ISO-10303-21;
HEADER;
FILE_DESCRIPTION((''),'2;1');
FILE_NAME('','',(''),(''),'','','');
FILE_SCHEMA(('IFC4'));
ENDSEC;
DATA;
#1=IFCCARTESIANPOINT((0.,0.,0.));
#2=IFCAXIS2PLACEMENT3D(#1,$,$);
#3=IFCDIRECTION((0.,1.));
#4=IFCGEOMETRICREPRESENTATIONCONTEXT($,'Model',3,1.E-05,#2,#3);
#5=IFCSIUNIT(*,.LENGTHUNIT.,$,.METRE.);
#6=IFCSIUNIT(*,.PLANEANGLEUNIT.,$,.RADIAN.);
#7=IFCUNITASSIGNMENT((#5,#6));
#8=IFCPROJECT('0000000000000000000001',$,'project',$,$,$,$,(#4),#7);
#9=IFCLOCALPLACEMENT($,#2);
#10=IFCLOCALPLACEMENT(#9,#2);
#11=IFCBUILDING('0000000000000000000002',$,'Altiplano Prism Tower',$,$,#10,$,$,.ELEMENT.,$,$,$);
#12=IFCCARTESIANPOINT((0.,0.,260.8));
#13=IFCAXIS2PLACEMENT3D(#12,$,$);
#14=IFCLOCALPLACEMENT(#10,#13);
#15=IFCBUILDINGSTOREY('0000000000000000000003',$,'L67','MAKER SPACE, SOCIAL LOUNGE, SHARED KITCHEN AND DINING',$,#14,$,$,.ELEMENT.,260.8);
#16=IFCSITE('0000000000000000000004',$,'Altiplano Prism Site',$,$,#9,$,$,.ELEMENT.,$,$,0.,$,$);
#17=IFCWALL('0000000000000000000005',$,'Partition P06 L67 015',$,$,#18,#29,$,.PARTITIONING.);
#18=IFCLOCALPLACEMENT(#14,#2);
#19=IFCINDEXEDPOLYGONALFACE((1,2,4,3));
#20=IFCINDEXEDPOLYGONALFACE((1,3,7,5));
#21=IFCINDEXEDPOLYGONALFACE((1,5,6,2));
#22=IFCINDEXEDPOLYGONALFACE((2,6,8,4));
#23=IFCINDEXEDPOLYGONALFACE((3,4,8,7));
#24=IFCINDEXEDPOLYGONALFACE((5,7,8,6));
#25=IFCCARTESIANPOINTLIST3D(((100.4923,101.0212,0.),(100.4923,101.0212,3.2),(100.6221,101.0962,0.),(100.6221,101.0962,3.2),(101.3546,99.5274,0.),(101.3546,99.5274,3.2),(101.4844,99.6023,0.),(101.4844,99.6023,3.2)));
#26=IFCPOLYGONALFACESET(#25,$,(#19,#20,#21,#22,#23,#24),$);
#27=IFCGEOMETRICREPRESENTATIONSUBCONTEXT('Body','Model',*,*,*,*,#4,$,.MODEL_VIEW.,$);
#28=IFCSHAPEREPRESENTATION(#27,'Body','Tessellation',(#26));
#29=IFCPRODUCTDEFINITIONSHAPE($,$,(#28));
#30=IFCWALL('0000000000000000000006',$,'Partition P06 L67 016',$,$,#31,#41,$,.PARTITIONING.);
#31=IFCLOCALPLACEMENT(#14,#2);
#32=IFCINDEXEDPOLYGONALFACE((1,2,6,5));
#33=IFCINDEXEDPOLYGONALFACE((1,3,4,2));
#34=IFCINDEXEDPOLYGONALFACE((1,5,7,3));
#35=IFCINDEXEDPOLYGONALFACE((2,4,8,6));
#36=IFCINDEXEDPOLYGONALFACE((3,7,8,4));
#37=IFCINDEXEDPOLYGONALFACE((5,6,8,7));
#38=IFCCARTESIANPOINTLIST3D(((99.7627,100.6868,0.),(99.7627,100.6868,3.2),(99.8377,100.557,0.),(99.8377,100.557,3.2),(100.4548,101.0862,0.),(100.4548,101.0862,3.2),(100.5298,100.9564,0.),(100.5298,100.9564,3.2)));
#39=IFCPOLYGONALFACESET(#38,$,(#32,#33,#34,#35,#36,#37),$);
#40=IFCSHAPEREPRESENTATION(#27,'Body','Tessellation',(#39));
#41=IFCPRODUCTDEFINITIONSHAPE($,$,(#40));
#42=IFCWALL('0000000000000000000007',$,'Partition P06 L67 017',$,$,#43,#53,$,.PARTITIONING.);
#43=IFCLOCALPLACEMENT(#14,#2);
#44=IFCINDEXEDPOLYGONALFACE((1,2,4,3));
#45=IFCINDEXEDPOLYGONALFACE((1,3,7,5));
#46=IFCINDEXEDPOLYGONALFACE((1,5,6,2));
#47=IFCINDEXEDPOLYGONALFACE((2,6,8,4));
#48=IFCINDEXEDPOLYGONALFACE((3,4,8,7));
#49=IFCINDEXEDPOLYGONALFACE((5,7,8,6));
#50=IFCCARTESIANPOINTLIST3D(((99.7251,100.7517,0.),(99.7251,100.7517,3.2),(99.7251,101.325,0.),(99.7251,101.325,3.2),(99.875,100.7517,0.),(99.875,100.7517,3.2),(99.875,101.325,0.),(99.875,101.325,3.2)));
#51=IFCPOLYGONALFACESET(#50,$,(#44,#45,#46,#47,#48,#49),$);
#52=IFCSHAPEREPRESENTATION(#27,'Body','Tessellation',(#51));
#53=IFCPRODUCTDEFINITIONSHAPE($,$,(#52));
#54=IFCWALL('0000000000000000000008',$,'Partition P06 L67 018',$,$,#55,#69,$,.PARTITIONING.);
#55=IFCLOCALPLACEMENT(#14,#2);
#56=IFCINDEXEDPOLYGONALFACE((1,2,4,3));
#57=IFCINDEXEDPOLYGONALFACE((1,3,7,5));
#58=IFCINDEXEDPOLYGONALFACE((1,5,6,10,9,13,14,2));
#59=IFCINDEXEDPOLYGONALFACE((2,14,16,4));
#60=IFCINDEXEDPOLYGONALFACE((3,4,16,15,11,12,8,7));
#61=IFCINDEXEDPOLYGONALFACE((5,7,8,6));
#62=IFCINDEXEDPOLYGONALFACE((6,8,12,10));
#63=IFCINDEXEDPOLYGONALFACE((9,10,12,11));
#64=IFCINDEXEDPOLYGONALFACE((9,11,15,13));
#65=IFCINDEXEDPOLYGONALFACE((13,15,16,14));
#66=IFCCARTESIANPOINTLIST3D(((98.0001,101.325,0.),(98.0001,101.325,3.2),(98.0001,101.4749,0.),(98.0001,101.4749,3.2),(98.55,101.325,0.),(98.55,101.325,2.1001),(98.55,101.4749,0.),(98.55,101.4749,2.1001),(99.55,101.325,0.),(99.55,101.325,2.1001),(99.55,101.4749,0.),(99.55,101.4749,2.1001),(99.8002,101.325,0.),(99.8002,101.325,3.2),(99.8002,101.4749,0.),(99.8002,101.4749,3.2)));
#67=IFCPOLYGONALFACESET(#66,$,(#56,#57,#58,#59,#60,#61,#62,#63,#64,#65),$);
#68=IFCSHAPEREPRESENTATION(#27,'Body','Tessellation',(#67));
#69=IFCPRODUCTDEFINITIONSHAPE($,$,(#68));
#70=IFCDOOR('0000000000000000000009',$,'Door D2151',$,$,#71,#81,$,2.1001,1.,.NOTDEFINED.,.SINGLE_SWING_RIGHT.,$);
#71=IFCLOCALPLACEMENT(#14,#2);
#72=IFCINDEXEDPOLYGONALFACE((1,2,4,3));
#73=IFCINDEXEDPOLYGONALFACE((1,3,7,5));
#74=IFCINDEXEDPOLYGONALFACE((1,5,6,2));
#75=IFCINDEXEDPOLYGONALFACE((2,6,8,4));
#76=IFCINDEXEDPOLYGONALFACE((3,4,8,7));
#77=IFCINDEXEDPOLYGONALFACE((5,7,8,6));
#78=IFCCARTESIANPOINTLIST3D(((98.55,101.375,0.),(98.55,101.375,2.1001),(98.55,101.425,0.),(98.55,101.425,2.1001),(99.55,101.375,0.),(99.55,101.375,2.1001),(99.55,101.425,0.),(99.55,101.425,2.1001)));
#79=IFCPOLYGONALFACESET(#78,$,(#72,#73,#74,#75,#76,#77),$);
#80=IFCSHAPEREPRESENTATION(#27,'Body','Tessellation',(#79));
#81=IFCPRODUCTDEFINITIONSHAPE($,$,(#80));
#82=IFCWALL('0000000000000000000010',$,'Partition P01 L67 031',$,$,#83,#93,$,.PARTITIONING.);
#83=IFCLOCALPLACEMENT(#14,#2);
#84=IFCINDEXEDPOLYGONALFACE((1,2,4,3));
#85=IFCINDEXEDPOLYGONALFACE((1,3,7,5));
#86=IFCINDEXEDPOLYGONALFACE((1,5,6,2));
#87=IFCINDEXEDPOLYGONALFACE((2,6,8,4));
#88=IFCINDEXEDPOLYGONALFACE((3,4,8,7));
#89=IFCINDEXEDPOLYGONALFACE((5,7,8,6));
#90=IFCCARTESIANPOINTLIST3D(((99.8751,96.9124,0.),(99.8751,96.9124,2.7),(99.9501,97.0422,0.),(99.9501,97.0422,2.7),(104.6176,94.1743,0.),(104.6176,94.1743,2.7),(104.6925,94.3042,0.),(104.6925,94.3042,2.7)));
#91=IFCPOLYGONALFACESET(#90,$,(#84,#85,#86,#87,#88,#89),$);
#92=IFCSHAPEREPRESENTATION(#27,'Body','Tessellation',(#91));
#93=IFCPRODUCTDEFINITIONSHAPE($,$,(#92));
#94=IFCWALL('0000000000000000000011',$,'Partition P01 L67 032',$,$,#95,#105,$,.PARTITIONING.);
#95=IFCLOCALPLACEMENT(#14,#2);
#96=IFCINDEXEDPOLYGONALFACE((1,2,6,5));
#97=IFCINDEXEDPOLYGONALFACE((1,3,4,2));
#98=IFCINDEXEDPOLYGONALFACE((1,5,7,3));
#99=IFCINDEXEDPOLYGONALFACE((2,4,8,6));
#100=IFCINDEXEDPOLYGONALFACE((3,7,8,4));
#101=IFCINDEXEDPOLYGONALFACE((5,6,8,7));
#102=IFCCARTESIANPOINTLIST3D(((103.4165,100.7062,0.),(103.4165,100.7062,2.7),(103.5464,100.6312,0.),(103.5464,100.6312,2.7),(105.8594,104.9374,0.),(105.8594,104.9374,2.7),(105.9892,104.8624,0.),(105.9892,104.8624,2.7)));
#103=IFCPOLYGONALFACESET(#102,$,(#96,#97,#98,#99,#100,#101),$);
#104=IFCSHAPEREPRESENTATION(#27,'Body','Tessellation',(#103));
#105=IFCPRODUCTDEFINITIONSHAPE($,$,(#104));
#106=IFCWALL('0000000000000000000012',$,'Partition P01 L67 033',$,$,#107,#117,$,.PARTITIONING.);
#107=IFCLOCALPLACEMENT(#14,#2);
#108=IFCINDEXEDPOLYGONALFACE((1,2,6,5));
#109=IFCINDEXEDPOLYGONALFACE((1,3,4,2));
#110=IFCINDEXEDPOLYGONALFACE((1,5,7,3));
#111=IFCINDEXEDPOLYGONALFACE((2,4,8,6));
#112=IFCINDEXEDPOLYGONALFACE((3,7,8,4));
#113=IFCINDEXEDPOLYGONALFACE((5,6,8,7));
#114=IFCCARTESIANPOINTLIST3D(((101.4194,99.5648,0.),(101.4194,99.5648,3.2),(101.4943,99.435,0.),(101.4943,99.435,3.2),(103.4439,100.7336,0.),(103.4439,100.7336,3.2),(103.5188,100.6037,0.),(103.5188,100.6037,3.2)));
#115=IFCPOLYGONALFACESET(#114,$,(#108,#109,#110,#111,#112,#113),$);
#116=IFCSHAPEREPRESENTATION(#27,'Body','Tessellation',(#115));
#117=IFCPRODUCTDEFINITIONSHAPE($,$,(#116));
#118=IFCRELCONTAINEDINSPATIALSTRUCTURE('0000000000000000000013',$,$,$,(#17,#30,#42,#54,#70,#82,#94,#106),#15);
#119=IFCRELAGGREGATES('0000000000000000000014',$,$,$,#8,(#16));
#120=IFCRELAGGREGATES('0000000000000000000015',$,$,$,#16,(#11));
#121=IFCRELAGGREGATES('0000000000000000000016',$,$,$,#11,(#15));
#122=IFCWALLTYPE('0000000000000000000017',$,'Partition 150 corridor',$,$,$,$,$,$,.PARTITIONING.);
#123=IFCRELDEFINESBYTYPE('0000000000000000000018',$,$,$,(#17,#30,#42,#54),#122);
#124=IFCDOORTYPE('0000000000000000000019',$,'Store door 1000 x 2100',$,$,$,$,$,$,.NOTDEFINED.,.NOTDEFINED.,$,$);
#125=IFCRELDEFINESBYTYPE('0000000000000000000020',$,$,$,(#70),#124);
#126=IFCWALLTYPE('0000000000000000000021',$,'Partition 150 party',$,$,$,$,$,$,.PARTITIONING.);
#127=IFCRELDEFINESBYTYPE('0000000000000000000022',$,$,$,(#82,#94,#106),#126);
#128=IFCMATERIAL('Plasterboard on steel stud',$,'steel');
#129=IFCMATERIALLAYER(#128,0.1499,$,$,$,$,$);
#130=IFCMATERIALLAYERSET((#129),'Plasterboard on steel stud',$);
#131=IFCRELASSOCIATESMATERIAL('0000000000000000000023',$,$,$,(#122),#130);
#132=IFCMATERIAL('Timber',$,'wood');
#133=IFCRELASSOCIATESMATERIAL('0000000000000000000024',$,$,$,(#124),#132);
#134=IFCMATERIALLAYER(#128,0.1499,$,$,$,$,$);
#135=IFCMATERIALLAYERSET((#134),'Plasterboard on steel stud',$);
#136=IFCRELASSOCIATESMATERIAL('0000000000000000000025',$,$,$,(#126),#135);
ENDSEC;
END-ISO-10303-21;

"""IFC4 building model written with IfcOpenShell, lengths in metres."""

from ifc_helpers import new_model, si_unit, direction, frame, frame_2d, origin, place, context, subcontext, project, spatial, rectangle, extrude, material, layer, layer_set, type_object, element, fill, save


model = new_model("IFC4")

# Units and contexts
model_context = context("Model", 3, precision=1e-05, world=origin(), true_north=direction((0.0, 1.0)))
body_context = subcontext(model_context, "Body", "Model", "MODEL_VIEW")
ifc_project = project(units=[si_unit("LENGTHUNIT", "METRE"), si_unit("PLANEANGLEUNIT", "RADIAN")], contexts=[model_context])

# Site, building, storey
site_placement = place(None, origin())
site = spatial("IfcSite", under=ifc_project, at=site_placement, Name="Altiplano Prism Site", CompositionType="ELEMENT", RefElevation=0.0)
building_placement = place(site_placement, origin())
building = spatial("IfcBuilding", under=site, at=building_placement, Name="Altiplano Prism Tower", CompositionType="ELEMENT")
storey_placement = place(building_placement, frame((0.0, 0.0, 260.8)))
storey = spatial("IfcBuildingStorey", under=building, at=storey_placement, Name="L67", Description="MAKER SPACE, SOCIAL LOUNGE, SHARED KITCHEN AND DINING", CompositionType="ELEMENT", Elevation=260.8)

# Shared definitions
ifc_material_1 = material(Name="Plasterboard on steel stud", Category="steel")
ifc_layer_1 = layer(ifc_material_1, 0.1499)
ifc_layer_set_1 = layer_set([ifc_layer_1], Name="Plasterboard on steel stud")
wall_type_1 = type_object("IfcWallType", Name="Partition 150 corridor", PredefinedType="PARTITIONING", material=ifc_layer_set_1)
ifc_material_2 = material(Name="Timber", Category="wood")

# Walls
wall_1_placement = place(storey_placement, frame((101.4194, 99.5649, 0.0), z_axis=(0.0, 0.0, 1.0), x_axis=(-0.499914, 0.866075, 0.0)))
element("IfcWall", 1, at=wall_1_placement, inside=storey, type_object=wall_type_1, Name="Partition P06 L67 015", PredefinedType="PARTITIONING", context=body_context, shape_type="SweptSolid", body=[
    extrude(rectangle(XDim=1.7249, YDim=0.1499, at=frame_2d((0.8623, 0.0))), origin(), (0.0, 0.0, 1.0), 3.2),
])
wall_2_placement = place(storey_placement, frame((100.4922, 101.0212, 0.0), z_axis=(0.0, 0.0, 1.0), x_axis=(-0.86613, -0.499819, 0.0)))
element("IfcWall", 2, at=wall_2_placement, inside=storey, type_object=wall_type_1, Name="Partition P06 L67 016", PredefinedType="PARTITIONING", context=body_context, shape_type="SweptSolid", body=[
    extrude(rectangle(XDim=0.7991, YDim=0.1499, at=frame_2d((0.3994, 0.0))), origin(), (0.0, 0.0, 1.0), 3.2),
])
wall_3_placement = place(storey_placement, frame((99.8, 100.7517, 0.0), z_axis=(0.0, 0.0, 1.0), x_axis=(0.0, 1.0, 0.0)))
element("IfcWall", 3, at=wall_3_placement, inside=storey, type_object=wall_type_1, Name="Partition P06 L67 017", PredefinedType="PARTITIONING", context=body_context, shape_type="SweptSolid", body=[
    extrude(rectangle(XDim=0.5732, YDim=0.1499, at=frame_2d((0.2866, 0.0))), origin(), (0.0, 0.0, 1.0), 3.2),
])

# Wall, opening, door
wall_4_placement = place(storey_placement, frame((99.8, 101.3999, 0.0), z_axis=(0.0, 0.0, 1.0), x_axis=(-1.0, 0.0, 0.0)))
wall_4 = element("IfcWall", 4, at=wall_4_placement, inside=storey, type_object=wall_type_1, Name="Partition P06 L67 018", PredefinedType="PARTITIONING", context=body_context, shape_type="SweptSolid", body=[
    extrude(rectangle(XDim=1.8, YDim=0.1499, at=frame_2d((0.8999, 0.0))), origin(), (0.0, 0.0, 1.0), 3.2),
])
opening_1_placement = place(wall_4_placement, frame((0.25, 0.0, 0.0)))
opening_1 = element("IfcOpeningElement", 5, at=opening_1_placement, cuts=wall_4, PredefinedType="OPENING", context=body_context, shape_type="SweptSolid", body=[
    extrude(rectangle(XDim=1.0, YDim=2.1001, at=frame_2d((0.5, 1.05))), frame((0.0, 0.0854, 0.0), z_axis=(0.0, -1.0, 0.0), x_axis=(1.0, 0.0, 0.0)), (0.0, 0.0, 1.0), 0.1709),
])
door_type_1 = type_object("IfcDoorType", Name="Store door 1000 x 2100", OperationType="NOTDEFINED", PredefinedType="NOTDEFINED", material=ifc_material_2)
door_1_placement = place(opening_1_placement, origin())
door_1 = element("IfcDoor", 6, at=door_1_placement, inside=storey, type_object=door_type_1, Name="Door D2151", OperationType="SINGLE_SWING_RIGHT", OverallHeight=2.1001, OverallWidth=1.0, PredefinedType="NOTDEFINED", context=body_context, shape_type="SweptSolid", body=[
    extrude(rectangle(XDim=1.0, YDim=2.1001, at=frame_2d((0.5, 1.05))), frame((0.0, 0.0249, 0.0), z_axis=(0.0, -1.0, 0.0), x_axis=(1.0, 0.0, 0.0)), (0.0, 0.0, 1.0), 0.05),
])
fill(opening_1, door_1)

# Walls
ifc_layer_2 = layer(ifc_material_1, 0.1499)
ifc_layer_set_2 = layer_set([ifc_layer_2], Name="Plasterboard on steel stud")
wall_type_2 = type_object("IfcWallType", Name="Partition 150 party", PredefinedType="PARTITIONING", material=ifc_layer_set_2)
wall_5_placement = place(storey_placement, frame((104.655, 94.2393, 0.0), z_axis=(0.0, 0.0, 1.0), x_axis=(-0.866026, 0.499999, 0.0)))
element("IfcWall", 7, at=wall_5_placement, inside=storey, type_object=wall_type_2, Name="Partition P01 L67 031", PredefinedType="PARTITIONING", context=body_context, shape_type="SweptSolid", body=[
    extrude(rectangle(XDim=5.4761, YDim=0.1499, at=frame_2d((2.738, 0.0))), origin(), (0.0, 0.0, 1.0), 2.7),
])
wall_6_placement = place(storey_placement, frame((105.9243, 104.8999, 0.0), z_axis=(0.0, 0.0, 1.0), x_axis=(-0.499998, -0.866027, 0.0)))
element("IfcWall", 8, at=wall_6_placement, inside=storey, type_object=wall_type_2, Name="Partition P01 L67 032", PredefinedType="PARTITIONING", context=body_context, shape_type="SweptSolid", body=[
    extrude(rectangle(XDim=4.8857, YDim=0.1499, at=frame_2d((2.4429, 0.0))), origin(), (0.0, 0.0, 1.0), 2.7),
])
wall_7_placement = place(storey_placement, frame((103.4814, 100.6687, 0.0), z_axis=(0.0, 0.0, 1.0), x_axis=(-0.866043, -0.49997, 0.0)))
element("IfcWall", 9, at=wall_7_placement, inside=storey, type_object=wall_type_2, Name="Partition P01 L67 033", PredefinedType="PARTITIONING", context=body_context, shape_type="SweptSolid", body=[
    extrude(rectangle(XDim=2.3376, YDim=0.1499, at=frame_2d((1.1689, 0.0))), origin(), (0.0, 0.0, 1.0), 3.2),
])

save(model, "model.ifc")
